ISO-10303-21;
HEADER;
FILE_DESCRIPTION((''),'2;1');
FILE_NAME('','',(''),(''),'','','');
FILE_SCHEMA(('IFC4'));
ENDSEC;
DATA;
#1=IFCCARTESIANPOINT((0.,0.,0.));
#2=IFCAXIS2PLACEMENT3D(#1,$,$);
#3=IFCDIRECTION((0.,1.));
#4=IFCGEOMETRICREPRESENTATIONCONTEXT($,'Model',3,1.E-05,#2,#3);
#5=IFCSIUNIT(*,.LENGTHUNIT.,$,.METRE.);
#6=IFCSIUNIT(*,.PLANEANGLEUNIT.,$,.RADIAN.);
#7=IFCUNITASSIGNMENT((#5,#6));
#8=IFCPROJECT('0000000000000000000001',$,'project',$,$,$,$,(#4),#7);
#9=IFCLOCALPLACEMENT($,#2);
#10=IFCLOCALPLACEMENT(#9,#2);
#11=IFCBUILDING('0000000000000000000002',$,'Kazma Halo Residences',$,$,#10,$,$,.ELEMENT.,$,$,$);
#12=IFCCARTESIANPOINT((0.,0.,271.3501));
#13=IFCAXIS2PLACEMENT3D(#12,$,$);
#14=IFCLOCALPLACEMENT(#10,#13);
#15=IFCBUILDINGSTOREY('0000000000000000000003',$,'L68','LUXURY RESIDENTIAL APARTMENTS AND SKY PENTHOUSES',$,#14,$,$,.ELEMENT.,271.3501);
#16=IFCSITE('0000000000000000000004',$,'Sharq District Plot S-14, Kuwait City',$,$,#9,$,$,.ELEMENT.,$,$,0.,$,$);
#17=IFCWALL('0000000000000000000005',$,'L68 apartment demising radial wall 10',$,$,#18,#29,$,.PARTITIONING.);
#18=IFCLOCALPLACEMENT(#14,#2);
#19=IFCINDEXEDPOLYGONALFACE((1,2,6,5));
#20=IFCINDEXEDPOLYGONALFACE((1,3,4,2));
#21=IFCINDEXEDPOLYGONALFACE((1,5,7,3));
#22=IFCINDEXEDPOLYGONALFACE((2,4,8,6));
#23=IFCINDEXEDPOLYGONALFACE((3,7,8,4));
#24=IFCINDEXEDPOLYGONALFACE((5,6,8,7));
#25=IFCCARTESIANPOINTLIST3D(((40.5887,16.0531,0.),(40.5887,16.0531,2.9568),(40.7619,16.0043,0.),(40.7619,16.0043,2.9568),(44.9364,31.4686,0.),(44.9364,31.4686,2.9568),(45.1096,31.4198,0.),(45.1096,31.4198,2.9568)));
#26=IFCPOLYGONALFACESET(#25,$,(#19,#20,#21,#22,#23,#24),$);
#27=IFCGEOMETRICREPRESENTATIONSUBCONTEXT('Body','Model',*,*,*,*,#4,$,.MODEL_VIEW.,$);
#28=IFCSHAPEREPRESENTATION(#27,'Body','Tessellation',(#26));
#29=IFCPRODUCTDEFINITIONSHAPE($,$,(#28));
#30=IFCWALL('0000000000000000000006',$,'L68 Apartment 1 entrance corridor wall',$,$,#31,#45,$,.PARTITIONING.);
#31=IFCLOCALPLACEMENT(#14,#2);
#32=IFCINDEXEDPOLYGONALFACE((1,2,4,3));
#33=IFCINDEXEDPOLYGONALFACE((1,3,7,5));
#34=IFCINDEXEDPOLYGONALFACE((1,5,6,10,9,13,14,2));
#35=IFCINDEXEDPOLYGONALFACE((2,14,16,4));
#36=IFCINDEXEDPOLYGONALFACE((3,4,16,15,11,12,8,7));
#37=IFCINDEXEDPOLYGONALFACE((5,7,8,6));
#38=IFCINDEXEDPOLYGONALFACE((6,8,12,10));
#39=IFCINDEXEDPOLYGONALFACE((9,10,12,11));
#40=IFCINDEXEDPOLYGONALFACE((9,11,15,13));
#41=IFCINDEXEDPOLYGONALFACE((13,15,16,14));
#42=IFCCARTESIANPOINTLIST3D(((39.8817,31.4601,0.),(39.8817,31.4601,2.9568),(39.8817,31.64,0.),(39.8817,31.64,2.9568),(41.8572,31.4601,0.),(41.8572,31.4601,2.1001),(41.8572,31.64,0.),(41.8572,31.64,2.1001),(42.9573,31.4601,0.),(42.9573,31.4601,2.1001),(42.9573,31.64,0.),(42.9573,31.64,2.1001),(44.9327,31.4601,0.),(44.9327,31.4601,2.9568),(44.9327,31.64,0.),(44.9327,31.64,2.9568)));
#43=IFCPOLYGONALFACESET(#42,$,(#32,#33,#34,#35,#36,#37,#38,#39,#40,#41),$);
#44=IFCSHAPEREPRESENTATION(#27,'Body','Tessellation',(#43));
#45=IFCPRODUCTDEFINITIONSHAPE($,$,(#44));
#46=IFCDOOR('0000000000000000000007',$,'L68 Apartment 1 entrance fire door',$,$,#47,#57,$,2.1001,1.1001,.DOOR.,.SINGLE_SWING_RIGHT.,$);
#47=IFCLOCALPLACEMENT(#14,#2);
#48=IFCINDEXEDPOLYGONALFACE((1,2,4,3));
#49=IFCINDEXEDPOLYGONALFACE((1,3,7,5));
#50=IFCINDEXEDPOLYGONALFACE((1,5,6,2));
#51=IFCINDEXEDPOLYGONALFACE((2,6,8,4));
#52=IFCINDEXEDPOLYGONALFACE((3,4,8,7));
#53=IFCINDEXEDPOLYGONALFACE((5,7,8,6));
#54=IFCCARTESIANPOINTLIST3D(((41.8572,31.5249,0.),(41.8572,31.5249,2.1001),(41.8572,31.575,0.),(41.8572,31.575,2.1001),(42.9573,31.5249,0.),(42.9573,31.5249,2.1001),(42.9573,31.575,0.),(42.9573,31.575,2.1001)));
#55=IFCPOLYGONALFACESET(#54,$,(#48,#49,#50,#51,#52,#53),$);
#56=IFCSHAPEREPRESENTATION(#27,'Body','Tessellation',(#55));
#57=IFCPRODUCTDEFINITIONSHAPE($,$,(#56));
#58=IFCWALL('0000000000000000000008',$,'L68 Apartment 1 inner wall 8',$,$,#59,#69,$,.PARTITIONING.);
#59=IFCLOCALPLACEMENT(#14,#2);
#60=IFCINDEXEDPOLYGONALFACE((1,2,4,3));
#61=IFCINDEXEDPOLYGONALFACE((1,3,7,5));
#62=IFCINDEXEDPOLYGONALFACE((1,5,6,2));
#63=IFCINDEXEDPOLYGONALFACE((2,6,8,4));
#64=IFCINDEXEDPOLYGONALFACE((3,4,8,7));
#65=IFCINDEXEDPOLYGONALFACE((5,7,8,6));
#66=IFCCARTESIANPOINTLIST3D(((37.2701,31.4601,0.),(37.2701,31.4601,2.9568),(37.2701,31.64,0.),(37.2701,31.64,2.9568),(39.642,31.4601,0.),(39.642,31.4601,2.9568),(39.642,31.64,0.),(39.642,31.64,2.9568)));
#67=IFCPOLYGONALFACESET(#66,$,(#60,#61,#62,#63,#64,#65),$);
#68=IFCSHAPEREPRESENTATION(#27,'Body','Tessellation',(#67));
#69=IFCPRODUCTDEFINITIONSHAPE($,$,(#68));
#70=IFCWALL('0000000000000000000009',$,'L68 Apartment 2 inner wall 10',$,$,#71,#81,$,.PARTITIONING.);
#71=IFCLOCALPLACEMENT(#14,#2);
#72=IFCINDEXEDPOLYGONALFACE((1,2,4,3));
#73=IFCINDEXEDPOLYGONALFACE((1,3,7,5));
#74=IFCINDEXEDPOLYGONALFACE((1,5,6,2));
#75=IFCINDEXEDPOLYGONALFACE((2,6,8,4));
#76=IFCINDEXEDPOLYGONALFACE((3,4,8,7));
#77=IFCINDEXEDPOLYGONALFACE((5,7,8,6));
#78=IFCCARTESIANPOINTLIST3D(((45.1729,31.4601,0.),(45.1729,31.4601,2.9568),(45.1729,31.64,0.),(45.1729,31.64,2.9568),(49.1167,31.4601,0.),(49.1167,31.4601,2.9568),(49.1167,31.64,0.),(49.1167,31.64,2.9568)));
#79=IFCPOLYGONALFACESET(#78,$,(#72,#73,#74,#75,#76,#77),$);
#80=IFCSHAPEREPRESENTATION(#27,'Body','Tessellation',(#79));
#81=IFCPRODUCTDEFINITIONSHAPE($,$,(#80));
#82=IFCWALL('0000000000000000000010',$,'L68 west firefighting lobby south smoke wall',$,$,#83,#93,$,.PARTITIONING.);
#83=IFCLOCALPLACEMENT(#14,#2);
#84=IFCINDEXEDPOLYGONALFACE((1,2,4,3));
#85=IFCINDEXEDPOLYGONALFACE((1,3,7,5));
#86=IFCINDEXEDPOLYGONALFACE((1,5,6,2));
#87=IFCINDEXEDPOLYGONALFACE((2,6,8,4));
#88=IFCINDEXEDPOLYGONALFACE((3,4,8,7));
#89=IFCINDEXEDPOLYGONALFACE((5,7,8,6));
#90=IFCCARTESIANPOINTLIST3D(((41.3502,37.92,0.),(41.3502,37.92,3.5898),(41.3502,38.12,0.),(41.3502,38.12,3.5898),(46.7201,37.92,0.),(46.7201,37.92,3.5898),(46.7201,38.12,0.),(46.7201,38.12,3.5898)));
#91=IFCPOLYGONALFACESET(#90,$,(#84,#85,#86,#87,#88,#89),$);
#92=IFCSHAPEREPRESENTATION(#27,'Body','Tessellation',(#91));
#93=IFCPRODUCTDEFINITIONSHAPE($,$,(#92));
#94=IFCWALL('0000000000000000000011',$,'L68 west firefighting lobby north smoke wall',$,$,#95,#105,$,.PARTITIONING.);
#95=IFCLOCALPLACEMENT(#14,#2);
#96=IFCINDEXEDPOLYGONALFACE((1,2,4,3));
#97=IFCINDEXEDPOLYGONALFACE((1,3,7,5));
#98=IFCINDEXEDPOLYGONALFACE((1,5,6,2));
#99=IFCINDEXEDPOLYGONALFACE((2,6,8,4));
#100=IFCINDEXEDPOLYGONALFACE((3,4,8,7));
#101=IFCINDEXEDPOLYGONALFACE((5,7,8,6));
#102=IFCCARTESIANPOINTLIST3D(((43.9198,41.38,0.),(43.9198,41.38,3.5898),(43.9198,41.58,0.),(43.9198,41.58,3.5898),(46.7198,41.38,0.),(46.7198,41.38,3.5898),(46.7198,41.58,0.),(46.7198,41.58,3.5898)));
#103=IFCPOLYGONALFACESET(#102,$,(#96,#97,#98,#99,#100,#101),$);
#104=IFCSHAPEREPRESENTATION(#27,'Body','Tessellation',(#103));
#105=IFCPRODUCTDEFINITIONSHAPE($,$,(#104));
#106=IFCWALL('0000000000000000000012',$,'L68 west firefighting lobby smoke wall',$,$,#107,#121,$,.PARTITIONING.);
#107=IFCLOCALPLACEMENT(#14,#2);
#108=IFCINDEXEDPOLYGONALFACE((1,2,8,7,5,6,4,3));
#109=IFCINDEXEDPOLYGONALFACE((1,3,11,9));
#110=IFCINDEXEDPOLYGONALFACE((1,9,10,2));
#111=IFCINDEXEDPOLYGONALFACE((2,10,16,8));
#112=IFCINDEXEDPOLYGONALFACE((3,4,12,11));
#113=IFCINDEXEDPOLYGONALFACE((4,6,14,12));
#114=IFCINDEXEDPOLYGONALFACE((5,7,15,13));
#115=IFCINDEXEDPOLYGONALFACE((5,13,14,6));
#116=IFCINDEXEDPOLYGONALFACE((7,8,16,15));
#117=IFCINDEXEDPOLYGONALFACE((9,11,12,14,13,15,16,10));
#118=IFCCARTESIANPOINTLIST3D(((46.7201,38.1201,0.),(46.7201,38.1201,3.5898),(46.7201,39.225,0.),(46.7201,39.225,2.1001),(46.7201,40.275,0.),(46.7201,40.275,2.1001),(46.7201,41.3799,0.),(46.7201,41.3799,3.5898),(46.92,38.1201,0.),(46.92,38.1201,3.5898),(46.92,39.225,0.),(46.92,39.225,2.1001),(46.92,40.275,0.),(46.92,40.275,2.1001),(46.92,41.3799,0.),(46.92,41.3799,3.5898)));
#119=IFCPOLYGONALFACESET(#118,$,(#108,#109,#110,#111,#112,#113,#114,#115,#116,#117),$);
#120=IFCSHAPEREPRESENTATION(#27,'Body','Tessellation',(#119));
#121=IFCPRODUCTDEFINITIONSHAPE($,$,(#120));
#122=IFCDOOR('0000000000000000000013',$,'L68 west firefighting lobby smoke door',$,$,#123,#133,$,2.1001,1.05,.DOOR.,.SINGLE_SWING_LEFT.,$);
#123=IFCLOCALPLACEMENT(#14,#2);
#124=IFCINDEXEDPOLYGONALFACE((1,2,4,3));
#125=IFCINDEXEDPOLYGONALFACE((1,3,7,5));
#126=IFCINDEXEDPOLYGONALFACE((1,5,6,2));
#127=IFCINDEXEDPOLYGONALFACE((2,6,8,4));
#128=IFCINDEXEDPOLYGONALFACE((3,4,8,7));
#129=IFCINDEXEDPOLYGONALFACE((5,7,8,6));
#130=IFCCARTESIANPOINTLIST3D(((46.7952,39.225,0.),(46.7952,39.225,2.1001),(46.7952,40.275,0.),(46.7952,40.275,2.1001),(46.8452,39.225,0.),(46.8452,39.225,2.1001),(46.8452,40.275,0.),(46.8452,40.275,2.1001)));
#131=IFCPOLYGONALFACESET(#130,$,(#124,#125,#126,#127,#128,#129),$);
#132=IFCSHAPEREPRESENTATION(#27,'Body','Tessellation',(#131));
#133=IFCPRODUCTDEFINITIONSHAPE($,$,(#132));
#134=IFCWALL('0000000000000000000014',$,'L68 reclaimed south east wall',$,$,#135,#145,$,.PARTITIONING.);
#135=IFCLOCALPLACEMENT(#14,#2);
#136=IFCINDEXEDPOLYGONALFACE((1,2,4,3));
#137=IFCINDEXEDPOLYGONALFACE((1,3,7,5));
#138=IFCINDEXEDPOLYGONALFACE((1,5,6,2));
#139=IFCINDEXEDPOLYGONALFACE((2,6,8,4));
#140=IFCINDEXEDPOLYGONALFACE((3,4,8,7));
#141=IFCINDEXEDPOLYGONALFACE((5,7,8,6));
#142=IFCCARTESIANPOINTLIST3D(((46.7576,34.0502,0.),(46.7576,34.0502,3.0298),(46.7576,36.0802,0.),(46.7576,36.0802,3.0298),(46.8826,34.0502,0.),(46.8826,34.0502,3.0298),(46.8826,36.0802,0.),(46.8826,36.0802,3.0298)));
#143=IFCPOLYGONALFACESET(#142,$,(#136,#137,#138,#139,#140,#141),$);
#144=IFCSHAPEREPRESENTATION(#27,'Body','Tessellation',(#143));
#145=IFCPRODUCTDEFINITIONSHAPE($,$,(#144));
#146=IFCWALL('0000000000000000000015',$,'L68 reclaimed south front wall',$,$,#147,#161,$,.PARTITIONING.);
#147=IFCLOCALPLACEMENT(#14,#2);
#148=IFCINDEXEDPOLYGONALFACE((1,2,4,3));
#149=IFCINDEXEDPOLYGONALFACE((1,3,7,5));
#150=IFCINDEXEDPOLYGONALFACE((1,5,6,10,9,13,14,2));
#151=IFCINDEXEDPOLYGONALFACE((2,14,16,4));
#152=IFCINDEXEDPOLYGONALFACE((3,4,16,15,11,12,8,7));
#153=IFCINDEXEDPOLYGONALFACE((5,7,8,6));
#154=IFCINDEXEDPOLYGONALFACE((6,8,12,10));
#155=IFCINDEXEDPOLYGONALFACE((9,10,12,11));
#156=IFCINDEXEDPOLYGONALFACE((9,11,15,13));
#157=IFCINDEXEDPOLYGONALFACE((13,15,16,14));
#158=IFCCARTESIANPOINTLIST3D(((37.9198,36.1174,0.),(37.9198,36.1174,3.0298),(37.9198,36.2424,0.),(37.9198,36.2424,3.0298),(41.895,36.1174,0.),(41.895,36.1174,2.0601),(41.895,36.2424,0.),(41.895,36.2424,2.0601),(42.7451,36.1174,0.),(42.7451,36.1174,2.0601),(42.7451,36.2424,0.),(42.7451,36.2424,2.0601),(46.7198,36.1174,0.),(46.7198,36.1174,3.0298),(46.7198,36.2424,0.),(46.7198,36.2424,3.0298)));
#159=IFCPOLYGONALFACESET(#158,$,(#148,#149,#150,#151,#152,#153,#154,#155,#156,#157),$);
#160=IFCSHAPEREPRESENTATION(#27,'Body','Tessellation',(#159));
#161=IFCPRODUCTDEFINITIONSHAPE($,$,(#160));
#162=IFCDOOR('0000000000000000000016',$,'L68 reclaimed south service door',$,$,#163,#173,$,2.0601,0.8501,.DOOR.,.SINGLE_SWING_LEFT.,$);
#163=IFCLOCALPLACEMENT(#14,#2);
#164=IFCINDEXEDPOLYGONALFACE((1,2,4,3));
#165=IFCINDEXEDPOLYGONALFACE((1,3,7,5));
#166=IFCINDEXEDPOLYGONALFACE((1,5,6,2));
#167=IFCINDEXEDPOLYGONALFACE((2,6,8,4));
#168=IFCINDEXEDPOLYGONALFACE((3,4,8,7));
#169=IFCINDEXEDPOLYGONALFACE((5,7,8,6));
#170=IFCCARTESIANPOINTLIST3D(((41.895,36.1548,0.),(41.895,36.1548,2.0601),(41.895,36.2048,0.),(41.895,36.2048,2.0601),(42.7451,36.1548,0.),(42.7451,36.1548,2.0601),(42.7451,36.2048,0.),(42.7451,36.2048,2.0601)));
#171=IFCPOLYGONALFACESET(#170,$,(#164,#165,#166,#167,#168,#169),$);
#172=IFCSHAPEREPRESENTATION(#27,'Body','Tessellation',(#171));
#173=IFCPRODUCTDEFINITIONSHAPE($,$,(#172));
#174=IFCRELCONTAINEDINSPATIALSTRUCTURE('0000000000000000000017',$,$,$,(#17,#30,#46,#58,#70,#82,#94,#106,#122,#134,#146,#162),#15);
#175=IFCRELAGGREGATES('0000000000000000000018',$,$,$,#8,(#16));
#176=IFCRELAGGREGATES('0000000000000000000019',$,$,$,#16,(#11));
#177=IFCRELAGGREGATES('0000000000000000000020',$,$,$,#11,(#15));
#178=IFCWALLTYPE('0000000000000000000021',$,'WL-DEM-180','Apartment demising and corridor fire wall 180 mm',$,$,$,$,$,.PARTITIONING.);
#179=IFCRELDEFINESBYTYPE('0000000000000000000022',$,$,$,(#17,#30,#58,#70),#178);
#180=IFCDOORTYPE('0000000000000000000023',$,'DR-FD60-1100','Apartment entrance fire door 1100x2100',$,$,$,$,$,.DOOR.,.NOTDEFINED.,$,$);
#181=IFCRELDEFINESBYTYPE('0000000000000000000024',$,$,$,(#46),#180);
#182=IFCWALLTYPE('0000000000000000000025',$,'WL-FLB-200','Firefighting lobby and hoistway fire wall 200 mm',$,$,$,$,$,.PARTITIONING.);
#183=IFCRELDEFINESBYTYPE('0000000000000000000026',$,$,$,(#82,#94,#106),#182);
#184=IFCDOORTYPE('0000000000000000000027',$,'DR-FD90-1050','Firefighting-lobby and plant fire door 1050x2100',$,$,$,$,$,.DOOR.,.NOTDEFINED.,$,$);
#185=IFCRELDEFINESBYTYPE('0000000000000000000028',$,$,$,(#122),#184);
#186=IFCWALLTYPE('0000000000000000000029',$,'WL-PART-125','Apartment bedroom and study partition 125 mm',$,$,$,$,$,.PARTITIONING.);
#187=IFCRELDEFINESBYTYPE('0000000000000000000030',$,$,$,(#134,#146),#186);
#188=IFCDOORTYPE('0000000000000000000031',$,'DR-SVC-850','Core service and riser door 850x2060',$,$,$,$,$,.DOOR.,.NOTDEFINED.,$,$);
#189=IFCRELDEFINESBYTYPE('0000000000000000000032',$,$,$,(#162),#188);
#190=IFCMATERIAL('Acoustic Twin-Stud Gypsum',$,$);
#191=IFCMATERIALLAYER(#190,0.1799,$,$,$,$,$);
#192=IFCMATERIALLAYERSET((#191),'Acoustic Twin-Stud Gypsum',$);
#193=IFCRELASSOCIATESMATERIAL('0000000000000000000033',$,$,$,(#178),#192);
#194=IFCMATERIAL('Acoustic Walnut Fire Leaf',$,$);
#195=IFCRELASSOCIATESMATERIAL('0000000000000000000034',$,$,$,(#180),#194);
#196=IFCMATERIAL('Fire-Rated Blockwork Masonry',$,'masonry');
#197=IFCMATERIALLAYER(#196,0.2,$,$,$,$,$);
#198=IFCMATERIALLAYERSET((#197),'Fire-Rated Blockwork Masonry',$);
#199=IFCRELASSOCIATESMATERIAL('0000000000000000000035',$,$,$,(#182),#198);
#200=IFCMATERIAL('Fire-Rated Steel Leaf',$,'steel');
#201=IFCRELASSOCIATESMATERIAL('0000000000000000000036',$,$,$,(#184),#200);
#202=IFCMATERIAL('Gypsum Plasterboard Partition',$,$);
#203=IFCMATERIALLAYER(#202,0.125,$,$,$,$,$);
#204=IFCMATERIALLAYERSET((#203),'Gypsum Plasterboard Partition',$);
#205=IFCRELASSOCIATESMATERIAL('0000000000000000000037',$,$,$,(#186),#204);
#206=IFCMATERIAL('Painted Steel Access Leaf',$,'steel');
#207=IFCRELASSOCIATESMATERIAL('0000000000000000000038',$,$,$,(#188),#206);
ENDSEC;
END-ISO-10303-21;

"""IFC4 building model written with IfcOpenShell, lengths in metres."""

from ifc_helpers import new_model, si_unit, direction, frame, frame_2d, origin, place, context, subcontext, project, spatial, rectangle, extrude, material, layer, layer_set, type_object, element, fill, save


model = new_model("IFC4")

# Units and contexts
model_context = context("Model", 3, precision=1e-05, world=origin(), true_north=direction((0.0, 1.0)))
body_context = subcontext(model_context, "Body", "Model", "MODEL_VIEW")
ifc_project = project(units=[si_unit("LENGTHUNIT", "METRE"), si_unit("PLANEANGLEUNIT", "RADIAN")], contexts=[model_context])

# Site, building, storey
site_placement = place(None, origin())
site = spatial("IfcSite", under=ifc_project, at=site_placement, Name="Sharq District Plot S-14, Kuwait City", CompositionType="ELEMENT", RefElevation=0.0)
building_placement = place(site_placement, origin())
building = spatial("IfcBuilding", under=site, at=building_placement, Name="Kazma Halo Residences", CompositionType="ELEMENT")
storey_placement = place(building_placement, frame((0.0, 0.0, 271.3501)))
storey = spatial("IfcBuildingStorey", under=building, at=storey_placement, Name="L68", Description="LUXURY RESIDENTIAL APARTMENTS AND SKY PENTHOUSES", CompositionType="ELEMENT", Elevation=271.3501)

# Wall
ifc_material_1 = material(Name="Acoustic Twin-Stud Gypsum")
ifc_layer_1 = layer(ifc_material_1, 0.1799)
ifc_layer_set_1 = layer_set([ifc_layer_1], Name="Acoustic Twin-Stud Gypsum")
wall_type_1 = type_object("IfcWallType", Name="WL-DEM-180", Description="Apartment demising and corridor fire wall 180 mm", PredefinedType="PARTITIONING", material=ifc_layer_set_1)
wall_1_placement = place(storey_placement, frame((45.0229, 31.4441, 0.0), z_axis=(0.0, 0.0, 1.0), x_axis=(-0.271442, -0.962455, 0.0)))
element("IfcWall", 1, at=wall_1_placement, inside=storey, type_object=wall_type_1, Name="L68 apartment demising radial wall 10", PredefinedType="PARTITIONING", context=body_context, shape_type="SweptSolid", body=[
    extrude(rectangle(XDim=16.0168, YDim=0.1799, at=frame_2d((8.0083, 0.0))), origin(), (0.0, 0.0, 1.0), 2.9568),
])

# Wall, opening, door
wall_2_placement = place(storey_placement, frame((39.8818, 31.55, 0.0), z_axis=(0.0, 0.0, 1.0), x_axis=(1.0, 0.0, 0.0)))
wall_2 = element("IfcWall", 2, at=wall_2_placement, inside=storey, type_object=wall_type_1, Name="L68 Apartment 1 entrance corridor wall", PredefinedType="PARTITIONING", context=body_context, shape_type="SweptSolid", body=[
    extrude(rectangle(XDim=5.051, YDim=0.1799, at=frame_2d((2.5254, 0.0))), origin(), (0.0, 0.0, 1.0), 2.9568),
])
opening_1_placement = place(wall_2_placement, frame((1.9753, 0.0, 0.0)))
opening_1 = element("IfcOpeningElement", 3, at=opening_1_placement, cuts=wall_2, PredefinedType="OPENING", context=body_context, shape_type="SweptSolid", body=[
    extrude(rectangle(XDim=1.1001, YDim=2.1001, at=frame_2d((0.55, 1.05))), frame((0.0, 0.0999, 0.0), z_axis=(0.0, -1.0, 0.0), x_axis=(1.0, 0.0, 0.0)), (0.0, 0.0, 1.0), 0.2),
])
ifc_material_2 = material(Name="Acoustic Walnut Fire Leaf")
door_type_1 = type_object("IfcDoorType", Name="DR-FD60-1100", Description="Apartment entrance fire door 1100x2100", OperationType="NOTDEFINED", PredefinedType="DOOR", material=ifc_material_2)
door_1_placement = place(opening_1_placement, origin())
door_1 = element("IfcDoor", 4, at=door_1_placement, inside=storey, type_object=door_type_1, Name="L68 Apartment 1 entrance fire door", OperationType="SINGLE_SWING_RIGHT", OverallHeight=2.1001, OverallWidth=1.1001, PredefinedType="DOOR", context=body_context, shape_type="SweptSolid", body=[
    extrude(rectangle(XDim=1.1001, YDim=2.1001, at=frame_2d((0.55, 1.05))), frame((0.0, 0.0249, 0.0), z_axis=(0.0, -1.0, 0.0), x_axis=(1.0, 0.0, 0.0)), (0.0, 0.0, 1.0), 0.05),
])
fill(opening_1, door_1)

# Walls
wall_3_placement = place(storey_placement, frame((37.27, 31.55, 0.0), z_axis=(0.0, 0.0, 1.0), x_axis=(1.0, 0.0, 0.0)))
element("IfcWall", 5, at=wall_3_placement, inside=storey, type_object=wall_type_1, Name="L68 Apartment 1 inner wall 8", PredefinedType="PARTITIONING", context=body_context, shape_type="SweptSolid", body=[
    extrude(rectangle(XDim=2.3718, YDim=0.1799, at=frame_2d((1.186, 0.0))), origin(), (0.0, 0.0, 1.0), 2.9568),
])
wall_4_placement = place(storey_placement, frame((45.1729, 31.55, 0.0), z_axis=(0.0, 0.0, 1.0), x_axis=(1.0, 0.0, 0.0)))
element("IfcWall", 6, at=wall_4_placement, inside=storey, type_object=wall_type_1, Name="L68 Apartment 2 inner wall 10", PredefinedType="PARTITIONING", context=body_context, shape_type="SweptSolid", body=[
    extrude(rectangle(XDim=3.9438, YDim=0.1799, at=frame_2d((1.9719, 0.0))), origin(), (0.0, 0.0, 1.0), 2.9568),
])
ifc_material_3 = material(Name="Fire-Rated Blockwork Masonry", Category="masonry")
ifc_layer_2 = layer(ifc_material_3, 0.2)
ifc_layer_set_2 = layer_set([ifc_layer_2], Name="Fire-Rated Blockwork Masonry")
wall_type_2 = type_object("IfcWallType", Name="WL-FLB-200", Description="Firefighting lobby and hoistway fire wall 200 mm", PredefinedType="PARTITIONING", material=ifc_layer_set_2)
wall_5_placement = place(storey_placement, frame((41.3501, 38.02, 0.0), z_axis=(0.0, 0.0, 1.0), x_axis=(1.0, 0.0, 0.0)))
element("IfcWall", 7, at=wall_5_placement, inside=storey, type_object=wall_type_2, Name="L68 west firefighting lobby south smoke wall", PredefinedType="PARTITIONING", context=body_context, shape_type="SweptSolid", body=[
    extrude(rectangle(XDim=5.3699, YDim=0.2, at=frame_2d((2.6851, 0.0))), origin(), (0.0, 0.0, 1.0), 3.5898),
])
wall_6_placement = place(storey_placement, frame((43.9199, 41.48, 0.0), z_axis=(0.0, 0.0, 1.0), x_axis=(1.0, 0.0, 0.0)))
element("IfcWall", 8, at=wall_6_placement, inside=storey, type_object=wall_type_2, Name="L68 west firefighting lobby north smoke wall", PredefinedType="PARTITIONING", context=body_context, shape_type="SweptSolid", body=[
    extrude(rectangle(XDim=2.8, YDim=0.2, at=frame_2d((1.3999, 0.0))), origin(), (0.0, 0.0, 1.0), 3.5898),
])

# Wall, opening, door
wall_7_placement = place(storey_placement, frame((46.8201, 38.1201, 0.0), z_axis=(0.0, 0.0, 1.0), x_axis=(0.0, 1.0, 0.0)))
wall_7 = element("IfcWall", 9, at=wall_7_placement, inside=storey, type_object=wall_type_2, Name="L68 west firefighting lobby smoke wall", PredefinedType="PARTITIONING", context=body_context, shape_type="SweptSolid", body=[
    extrude(rectangle(XDim=3.2598, YDim=0.2, at=frame_2d((1.6299, 0.0))), origin(), (0.0, 0.0, 1.0), 3.5898),
])
opening_2_placement = place(wall_7_placement, frame((1.105, 0.0, 0.0)))
opening_2 = element("IfcOpeningElement", 10, at=opening_2_placement, cuts=wall_7, PredefinedType="OPENING", context=body_context, shape_type="SweptSolid", body=[
    extrude(rectangle(XDim=1.05, YDim=2.1001, at=frame_2d((0.5249, 1.05))), frame((0.0, 0.1099, 0.0), z_axis=(0.0, -1.0, 0.0), x_axis=(1.0, 0.0, 0.0)), (0.0, 0.0, 1.0), 0.22),
])
ifc_material_4 = material(Name="Fire-Rated Steel Leaf", Category="steel")
door_type_2 = type_object("IfcDoorType", Name="DR-FD90-1050", Description="Firefighting-lobby and plant fire door 1050x2100", OperationType="NOTDEFINED", PredefinedType="DOOR", material=ifc_material_4)
door_2_placement = place(opening_2_placement, origin())
door_2 = element("IfcDoor", 11, at=door_2_placement, inside=storey, type_object=door_type_2, Name="L68 west firefighting lobby smoke door", OperationType="SINGLE_SWING_LEFT", OverallHeight=2.1001, OverallWidth=1.05, PredefinedType="DOOR", context=body_context, shape_type="SweptSolid", body=[
    extrude(rectangle(XDim=1.05, YDim=2.1001, at=frame_2d((0.5249, 1.05))), frame((0.0, 0.0249, 0.0), z_axis=(0.0, -1.0, 0.0), x_axis=(1.0, 0.0, 0.0)), (0.0, 0.0, 1.0), 0.05),
])
fill(opening_2, door_2)

# Wall
ifc_material_5 = material(Name="Gypsum Plasterboard Partition")
ifc_layer_3 = layer(ifc_material_5, 0.125)
ifc_layer_set_3 = layer_set([ifc_layer_3], Name="Gypsum Plasterboard Partition")
wall_type_3 = type_object("IfcWallType", Name="WL-PART-125", Description="Apartment bedroom and study partition 125 mm", PredefinedType="PARTITIONING", material=ifc_layer_set_3)
wall_8_placement = place(storey_placement, frame((46.8201, 34.05, 0.0), z_axis=(0.0, 0.0, 1.0), x_axis=(0.0, 1.0, 0.0)))
element("IfcWall", 12, at=wall_8_placement, inside=storey, type_object=wall_type_3, Name="L68 reclaimed south east wall", PredefinedType="PARTITIONING", context=body_context, shape_type="SweptSolid", body=[
    extrude(rectangle(XDim=2.03, YDim=0.125, at=frame_2d((1.0151, 0.0))), origin(), (0.0, 0.0, 1.0), 3.0298),
])

# Wall, opening, door
wall_9_placement = place(storey_placement, frame((37.9199, 36.1799, 0.0), z_axis=(0.0, 0.0, 1.0), x_axis=(1.0, 0.0, 0.0)))
wall_9 = element("IfcWall", 13, at=wall_9_placement, inside=storey, type_object=wall_type_3, Name="L68 reclaimed south front wall", PredefinedType="PARTITIONING", context=body_context, shape_type="SweptSolid", body=[
    extrude(rectangle(XDim=8.8, YDim=0.125, at=frame_2d((4.3999, 0.0))), origin(), (0.0, 0.0, 1.0), 3.0298),
])
opening_3_placement = place(wall_9_placement, frame((3.9751, 0.0, 0.0)))
opening_3 = element("IfcOpeningElement", 14, at=opening_3_placement, cuts=wall_9, PredefinedType="OPENING", context=body_context, shape_type="SweptSolid", body=[
    extrude(rectangle(XDim=0.8501, YDim=2.0601, at=frame_2d((0.425, 1.03))), frame((0.0, 0.0725, 0.0), z_axis=(0.0, -1.0, 0.0), x_axis=(1.0, 0.0, 0.0)), (0.0, 0.0, 1.0), 0.145),
])
ifc_material_6 = material(Name="Painted Steel Access Leaf", Category="steel")
door_type_3 = type_object("IfcDoorType", Name="DR-SVC-850", Description="Core service and riser door 850x2060", OperationType="NOTDEFINED", PredefinedType="DOOR", material=ifc_material_6)
door_3_placement = place(opening_3_placement, origin())
door_3 = element("IfcDoor", 15, at=door_3_placement, inside=storey, type_object=door_type_3, Name="L68 reclaimed south service door", OperationType="SINGLE_SWING_LEFT", OverallHeight=2.0601, OverallWidth=0.8501, PredefinedType="DOOR", context=body_context, shape_type="SweptSolid", body=[
    extrude(rectangle(XDim=0.8501, YDim=2.0601, at=frame_2d((0.425, 1.03))), frame((0.0, 0.0249, 0.0), z_axis=(0.0, -1.0, 0.0), x_axis=(1.0, 0.0, 0.0)), (0.0, 0.0, 1.0), 0.05),
])
fill(opening_3, door_3)

save(model, "model.ifc")
